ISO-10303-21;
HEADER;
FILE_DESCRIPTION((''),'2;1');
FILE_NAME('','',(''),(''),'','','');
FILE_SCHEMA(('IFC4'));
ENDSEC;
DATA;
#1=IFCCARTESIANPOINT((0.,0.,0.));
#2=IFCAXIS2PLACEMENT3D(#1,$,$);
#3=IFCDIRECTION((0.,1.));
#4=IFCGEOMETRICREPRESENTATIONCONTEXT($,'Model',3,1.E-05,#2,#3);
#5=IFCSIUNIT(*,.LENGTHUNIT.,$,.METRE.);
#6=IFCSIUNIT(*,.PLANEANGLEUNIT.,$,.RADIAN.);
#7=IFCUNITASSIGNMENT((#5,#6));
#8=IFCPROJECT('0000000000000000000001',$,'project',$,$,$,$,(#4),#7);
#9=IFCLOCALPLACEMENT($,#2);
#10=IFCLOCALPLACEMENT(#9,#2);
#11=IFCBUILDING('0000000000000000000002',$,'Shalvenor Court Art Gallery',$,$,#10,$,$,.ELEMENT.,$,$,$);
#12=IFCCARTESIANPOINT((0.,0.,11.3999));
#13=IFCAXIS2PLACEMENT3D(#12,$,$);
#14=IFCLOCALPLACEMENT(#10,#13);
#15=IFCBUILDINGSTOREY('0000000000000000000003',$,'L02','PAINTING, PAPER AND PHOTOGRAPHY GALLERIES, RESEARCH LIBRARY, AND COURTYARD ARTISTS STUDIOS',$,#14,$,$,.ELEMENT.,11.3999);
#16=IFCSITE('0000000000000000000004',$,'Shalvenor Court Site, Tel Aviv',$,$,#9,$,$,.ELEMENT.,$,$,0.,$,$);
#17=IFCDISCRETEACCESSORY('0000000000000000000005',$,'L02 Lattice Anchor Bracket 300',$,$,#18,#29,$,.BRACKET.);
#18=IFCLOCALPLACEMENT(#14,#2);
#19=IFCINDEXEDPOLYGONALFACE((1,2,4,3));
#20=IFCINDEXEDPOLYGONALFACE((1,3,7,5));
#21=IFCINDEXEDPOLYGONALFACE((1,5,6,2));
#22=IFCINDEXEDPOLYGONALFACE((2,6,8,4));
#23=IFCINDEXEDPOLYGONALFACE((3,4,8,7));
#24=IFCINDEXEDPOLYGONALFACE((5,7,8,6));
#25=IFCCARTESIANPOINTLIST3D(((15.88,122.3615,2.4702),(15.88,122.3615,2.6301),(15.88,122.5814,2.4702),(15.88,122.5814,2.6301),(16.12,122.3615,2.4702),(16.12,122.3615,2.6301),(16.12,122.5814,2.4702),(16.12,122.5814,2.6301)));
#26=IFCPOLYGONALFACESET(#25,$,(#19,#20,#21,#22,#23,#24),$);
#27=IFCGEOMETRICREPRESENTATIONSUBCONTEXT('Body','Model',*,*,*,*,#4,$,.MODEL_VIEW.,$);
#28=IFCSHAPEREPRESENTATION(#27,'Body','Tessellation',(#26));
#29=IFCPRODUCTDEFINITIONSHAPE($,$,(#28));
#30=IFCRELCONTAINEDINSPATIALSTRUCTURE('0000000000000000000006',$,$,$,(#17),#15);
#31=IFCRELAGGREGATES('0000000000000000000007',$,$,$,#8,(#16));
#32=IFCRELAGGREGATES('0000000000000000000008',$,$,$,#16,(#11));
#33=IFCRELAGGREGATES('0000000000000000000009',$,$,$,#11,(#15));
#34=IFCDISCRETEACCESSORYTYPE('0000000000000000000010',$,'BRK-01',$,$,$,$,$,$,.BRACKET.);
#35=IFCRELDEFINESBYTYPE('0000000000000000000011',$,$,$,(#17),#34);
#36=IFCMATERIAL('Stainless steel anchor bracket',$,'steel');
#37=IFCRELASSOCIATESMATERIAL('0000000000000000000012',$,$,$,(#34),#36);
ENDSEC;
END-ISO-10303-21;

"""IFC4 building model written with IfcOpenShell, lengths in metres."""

from ifc_helpers import new_model, si_unit, direction, frame, origin, origin_2d, place, context, subcontext, project, spatial, rectangle, extrude, material, type_object, element, save


model = new_model("IFC4")

# Units and contexts
model_context = context("Model", 3, precision=1e-05, world=origin(), true_north=direction((0.0, 1.0)))
body_context = subcontext(model_context, "Body", "Model", "MODEL_VIEW")
ifc_project = project(units=[si_unit("LENGTHUNIT", "METRE"), si_unit("PLANEANGLEUNIT", "RADIAN")], contexts=[model_context])

# Site, building, storey
site_placement = place(None, origin())
site = spatial("IfcSite", under=ifc_project, at=site_placement, Name="Shalvenor Court Site, Tel Aviv", CompositionType="ELEMENT", RefElevation=0.0)
building_placement = place(site_placement, origin())
building = spatial("IfcBuilding", under=site, at=building_placement, Name="Shalvenor Court Art Gallery", CompositionType="ELEMENT")
storey_placement = place(building_placement, frame((0.0, 0.0, 11.3999)))
storey = spatial("IfcBuildingStorey", under=building, at=storey_placement, Name="L02", Description="PAINTING, PAPER AND PHOTOGRAPHY GALLERIES, RESEARCH LIBRARY, AND COURTYARD ARTISTS STUDIOS", CompositionType="ELEMENT", Elevation=11.3999)

# Discrete accessory
ifc_material_1 = material(Name="Stainless steel anchor bracket", Category="steel")
discrete_accessory_type = type_object("IfcDiscreteAccessoryType", Name="BRK-01", PredefinedType="BRACKET", material=ifc_material_1)
for number, where, z_axis, x_axis, name in (
    (1, (16.0, 122.4714, 2.4702), (0.0, 0.0, 1.0), (1.0, 0.0, 0.0), "L02 Lattice Anchor Bracket 300"),
):
    element("IfcDiscreteAccessory", number, at=place(storey_placement, frame(where, z_axis=z_axis, x_axis=x_axis)), inside=storey, type_object=discrete_accessory_type, Name=name, PredefinedType="BRACKET", context=body_context, shape_type="SweptSolid", body=[
        extrude(rectangle(XDim=0.24, YDim=0.22, at=origin_2d()), origin(), (0.0, 0.0, 1.0), 0.1599),
    ])

save(model, "model.ifc")
